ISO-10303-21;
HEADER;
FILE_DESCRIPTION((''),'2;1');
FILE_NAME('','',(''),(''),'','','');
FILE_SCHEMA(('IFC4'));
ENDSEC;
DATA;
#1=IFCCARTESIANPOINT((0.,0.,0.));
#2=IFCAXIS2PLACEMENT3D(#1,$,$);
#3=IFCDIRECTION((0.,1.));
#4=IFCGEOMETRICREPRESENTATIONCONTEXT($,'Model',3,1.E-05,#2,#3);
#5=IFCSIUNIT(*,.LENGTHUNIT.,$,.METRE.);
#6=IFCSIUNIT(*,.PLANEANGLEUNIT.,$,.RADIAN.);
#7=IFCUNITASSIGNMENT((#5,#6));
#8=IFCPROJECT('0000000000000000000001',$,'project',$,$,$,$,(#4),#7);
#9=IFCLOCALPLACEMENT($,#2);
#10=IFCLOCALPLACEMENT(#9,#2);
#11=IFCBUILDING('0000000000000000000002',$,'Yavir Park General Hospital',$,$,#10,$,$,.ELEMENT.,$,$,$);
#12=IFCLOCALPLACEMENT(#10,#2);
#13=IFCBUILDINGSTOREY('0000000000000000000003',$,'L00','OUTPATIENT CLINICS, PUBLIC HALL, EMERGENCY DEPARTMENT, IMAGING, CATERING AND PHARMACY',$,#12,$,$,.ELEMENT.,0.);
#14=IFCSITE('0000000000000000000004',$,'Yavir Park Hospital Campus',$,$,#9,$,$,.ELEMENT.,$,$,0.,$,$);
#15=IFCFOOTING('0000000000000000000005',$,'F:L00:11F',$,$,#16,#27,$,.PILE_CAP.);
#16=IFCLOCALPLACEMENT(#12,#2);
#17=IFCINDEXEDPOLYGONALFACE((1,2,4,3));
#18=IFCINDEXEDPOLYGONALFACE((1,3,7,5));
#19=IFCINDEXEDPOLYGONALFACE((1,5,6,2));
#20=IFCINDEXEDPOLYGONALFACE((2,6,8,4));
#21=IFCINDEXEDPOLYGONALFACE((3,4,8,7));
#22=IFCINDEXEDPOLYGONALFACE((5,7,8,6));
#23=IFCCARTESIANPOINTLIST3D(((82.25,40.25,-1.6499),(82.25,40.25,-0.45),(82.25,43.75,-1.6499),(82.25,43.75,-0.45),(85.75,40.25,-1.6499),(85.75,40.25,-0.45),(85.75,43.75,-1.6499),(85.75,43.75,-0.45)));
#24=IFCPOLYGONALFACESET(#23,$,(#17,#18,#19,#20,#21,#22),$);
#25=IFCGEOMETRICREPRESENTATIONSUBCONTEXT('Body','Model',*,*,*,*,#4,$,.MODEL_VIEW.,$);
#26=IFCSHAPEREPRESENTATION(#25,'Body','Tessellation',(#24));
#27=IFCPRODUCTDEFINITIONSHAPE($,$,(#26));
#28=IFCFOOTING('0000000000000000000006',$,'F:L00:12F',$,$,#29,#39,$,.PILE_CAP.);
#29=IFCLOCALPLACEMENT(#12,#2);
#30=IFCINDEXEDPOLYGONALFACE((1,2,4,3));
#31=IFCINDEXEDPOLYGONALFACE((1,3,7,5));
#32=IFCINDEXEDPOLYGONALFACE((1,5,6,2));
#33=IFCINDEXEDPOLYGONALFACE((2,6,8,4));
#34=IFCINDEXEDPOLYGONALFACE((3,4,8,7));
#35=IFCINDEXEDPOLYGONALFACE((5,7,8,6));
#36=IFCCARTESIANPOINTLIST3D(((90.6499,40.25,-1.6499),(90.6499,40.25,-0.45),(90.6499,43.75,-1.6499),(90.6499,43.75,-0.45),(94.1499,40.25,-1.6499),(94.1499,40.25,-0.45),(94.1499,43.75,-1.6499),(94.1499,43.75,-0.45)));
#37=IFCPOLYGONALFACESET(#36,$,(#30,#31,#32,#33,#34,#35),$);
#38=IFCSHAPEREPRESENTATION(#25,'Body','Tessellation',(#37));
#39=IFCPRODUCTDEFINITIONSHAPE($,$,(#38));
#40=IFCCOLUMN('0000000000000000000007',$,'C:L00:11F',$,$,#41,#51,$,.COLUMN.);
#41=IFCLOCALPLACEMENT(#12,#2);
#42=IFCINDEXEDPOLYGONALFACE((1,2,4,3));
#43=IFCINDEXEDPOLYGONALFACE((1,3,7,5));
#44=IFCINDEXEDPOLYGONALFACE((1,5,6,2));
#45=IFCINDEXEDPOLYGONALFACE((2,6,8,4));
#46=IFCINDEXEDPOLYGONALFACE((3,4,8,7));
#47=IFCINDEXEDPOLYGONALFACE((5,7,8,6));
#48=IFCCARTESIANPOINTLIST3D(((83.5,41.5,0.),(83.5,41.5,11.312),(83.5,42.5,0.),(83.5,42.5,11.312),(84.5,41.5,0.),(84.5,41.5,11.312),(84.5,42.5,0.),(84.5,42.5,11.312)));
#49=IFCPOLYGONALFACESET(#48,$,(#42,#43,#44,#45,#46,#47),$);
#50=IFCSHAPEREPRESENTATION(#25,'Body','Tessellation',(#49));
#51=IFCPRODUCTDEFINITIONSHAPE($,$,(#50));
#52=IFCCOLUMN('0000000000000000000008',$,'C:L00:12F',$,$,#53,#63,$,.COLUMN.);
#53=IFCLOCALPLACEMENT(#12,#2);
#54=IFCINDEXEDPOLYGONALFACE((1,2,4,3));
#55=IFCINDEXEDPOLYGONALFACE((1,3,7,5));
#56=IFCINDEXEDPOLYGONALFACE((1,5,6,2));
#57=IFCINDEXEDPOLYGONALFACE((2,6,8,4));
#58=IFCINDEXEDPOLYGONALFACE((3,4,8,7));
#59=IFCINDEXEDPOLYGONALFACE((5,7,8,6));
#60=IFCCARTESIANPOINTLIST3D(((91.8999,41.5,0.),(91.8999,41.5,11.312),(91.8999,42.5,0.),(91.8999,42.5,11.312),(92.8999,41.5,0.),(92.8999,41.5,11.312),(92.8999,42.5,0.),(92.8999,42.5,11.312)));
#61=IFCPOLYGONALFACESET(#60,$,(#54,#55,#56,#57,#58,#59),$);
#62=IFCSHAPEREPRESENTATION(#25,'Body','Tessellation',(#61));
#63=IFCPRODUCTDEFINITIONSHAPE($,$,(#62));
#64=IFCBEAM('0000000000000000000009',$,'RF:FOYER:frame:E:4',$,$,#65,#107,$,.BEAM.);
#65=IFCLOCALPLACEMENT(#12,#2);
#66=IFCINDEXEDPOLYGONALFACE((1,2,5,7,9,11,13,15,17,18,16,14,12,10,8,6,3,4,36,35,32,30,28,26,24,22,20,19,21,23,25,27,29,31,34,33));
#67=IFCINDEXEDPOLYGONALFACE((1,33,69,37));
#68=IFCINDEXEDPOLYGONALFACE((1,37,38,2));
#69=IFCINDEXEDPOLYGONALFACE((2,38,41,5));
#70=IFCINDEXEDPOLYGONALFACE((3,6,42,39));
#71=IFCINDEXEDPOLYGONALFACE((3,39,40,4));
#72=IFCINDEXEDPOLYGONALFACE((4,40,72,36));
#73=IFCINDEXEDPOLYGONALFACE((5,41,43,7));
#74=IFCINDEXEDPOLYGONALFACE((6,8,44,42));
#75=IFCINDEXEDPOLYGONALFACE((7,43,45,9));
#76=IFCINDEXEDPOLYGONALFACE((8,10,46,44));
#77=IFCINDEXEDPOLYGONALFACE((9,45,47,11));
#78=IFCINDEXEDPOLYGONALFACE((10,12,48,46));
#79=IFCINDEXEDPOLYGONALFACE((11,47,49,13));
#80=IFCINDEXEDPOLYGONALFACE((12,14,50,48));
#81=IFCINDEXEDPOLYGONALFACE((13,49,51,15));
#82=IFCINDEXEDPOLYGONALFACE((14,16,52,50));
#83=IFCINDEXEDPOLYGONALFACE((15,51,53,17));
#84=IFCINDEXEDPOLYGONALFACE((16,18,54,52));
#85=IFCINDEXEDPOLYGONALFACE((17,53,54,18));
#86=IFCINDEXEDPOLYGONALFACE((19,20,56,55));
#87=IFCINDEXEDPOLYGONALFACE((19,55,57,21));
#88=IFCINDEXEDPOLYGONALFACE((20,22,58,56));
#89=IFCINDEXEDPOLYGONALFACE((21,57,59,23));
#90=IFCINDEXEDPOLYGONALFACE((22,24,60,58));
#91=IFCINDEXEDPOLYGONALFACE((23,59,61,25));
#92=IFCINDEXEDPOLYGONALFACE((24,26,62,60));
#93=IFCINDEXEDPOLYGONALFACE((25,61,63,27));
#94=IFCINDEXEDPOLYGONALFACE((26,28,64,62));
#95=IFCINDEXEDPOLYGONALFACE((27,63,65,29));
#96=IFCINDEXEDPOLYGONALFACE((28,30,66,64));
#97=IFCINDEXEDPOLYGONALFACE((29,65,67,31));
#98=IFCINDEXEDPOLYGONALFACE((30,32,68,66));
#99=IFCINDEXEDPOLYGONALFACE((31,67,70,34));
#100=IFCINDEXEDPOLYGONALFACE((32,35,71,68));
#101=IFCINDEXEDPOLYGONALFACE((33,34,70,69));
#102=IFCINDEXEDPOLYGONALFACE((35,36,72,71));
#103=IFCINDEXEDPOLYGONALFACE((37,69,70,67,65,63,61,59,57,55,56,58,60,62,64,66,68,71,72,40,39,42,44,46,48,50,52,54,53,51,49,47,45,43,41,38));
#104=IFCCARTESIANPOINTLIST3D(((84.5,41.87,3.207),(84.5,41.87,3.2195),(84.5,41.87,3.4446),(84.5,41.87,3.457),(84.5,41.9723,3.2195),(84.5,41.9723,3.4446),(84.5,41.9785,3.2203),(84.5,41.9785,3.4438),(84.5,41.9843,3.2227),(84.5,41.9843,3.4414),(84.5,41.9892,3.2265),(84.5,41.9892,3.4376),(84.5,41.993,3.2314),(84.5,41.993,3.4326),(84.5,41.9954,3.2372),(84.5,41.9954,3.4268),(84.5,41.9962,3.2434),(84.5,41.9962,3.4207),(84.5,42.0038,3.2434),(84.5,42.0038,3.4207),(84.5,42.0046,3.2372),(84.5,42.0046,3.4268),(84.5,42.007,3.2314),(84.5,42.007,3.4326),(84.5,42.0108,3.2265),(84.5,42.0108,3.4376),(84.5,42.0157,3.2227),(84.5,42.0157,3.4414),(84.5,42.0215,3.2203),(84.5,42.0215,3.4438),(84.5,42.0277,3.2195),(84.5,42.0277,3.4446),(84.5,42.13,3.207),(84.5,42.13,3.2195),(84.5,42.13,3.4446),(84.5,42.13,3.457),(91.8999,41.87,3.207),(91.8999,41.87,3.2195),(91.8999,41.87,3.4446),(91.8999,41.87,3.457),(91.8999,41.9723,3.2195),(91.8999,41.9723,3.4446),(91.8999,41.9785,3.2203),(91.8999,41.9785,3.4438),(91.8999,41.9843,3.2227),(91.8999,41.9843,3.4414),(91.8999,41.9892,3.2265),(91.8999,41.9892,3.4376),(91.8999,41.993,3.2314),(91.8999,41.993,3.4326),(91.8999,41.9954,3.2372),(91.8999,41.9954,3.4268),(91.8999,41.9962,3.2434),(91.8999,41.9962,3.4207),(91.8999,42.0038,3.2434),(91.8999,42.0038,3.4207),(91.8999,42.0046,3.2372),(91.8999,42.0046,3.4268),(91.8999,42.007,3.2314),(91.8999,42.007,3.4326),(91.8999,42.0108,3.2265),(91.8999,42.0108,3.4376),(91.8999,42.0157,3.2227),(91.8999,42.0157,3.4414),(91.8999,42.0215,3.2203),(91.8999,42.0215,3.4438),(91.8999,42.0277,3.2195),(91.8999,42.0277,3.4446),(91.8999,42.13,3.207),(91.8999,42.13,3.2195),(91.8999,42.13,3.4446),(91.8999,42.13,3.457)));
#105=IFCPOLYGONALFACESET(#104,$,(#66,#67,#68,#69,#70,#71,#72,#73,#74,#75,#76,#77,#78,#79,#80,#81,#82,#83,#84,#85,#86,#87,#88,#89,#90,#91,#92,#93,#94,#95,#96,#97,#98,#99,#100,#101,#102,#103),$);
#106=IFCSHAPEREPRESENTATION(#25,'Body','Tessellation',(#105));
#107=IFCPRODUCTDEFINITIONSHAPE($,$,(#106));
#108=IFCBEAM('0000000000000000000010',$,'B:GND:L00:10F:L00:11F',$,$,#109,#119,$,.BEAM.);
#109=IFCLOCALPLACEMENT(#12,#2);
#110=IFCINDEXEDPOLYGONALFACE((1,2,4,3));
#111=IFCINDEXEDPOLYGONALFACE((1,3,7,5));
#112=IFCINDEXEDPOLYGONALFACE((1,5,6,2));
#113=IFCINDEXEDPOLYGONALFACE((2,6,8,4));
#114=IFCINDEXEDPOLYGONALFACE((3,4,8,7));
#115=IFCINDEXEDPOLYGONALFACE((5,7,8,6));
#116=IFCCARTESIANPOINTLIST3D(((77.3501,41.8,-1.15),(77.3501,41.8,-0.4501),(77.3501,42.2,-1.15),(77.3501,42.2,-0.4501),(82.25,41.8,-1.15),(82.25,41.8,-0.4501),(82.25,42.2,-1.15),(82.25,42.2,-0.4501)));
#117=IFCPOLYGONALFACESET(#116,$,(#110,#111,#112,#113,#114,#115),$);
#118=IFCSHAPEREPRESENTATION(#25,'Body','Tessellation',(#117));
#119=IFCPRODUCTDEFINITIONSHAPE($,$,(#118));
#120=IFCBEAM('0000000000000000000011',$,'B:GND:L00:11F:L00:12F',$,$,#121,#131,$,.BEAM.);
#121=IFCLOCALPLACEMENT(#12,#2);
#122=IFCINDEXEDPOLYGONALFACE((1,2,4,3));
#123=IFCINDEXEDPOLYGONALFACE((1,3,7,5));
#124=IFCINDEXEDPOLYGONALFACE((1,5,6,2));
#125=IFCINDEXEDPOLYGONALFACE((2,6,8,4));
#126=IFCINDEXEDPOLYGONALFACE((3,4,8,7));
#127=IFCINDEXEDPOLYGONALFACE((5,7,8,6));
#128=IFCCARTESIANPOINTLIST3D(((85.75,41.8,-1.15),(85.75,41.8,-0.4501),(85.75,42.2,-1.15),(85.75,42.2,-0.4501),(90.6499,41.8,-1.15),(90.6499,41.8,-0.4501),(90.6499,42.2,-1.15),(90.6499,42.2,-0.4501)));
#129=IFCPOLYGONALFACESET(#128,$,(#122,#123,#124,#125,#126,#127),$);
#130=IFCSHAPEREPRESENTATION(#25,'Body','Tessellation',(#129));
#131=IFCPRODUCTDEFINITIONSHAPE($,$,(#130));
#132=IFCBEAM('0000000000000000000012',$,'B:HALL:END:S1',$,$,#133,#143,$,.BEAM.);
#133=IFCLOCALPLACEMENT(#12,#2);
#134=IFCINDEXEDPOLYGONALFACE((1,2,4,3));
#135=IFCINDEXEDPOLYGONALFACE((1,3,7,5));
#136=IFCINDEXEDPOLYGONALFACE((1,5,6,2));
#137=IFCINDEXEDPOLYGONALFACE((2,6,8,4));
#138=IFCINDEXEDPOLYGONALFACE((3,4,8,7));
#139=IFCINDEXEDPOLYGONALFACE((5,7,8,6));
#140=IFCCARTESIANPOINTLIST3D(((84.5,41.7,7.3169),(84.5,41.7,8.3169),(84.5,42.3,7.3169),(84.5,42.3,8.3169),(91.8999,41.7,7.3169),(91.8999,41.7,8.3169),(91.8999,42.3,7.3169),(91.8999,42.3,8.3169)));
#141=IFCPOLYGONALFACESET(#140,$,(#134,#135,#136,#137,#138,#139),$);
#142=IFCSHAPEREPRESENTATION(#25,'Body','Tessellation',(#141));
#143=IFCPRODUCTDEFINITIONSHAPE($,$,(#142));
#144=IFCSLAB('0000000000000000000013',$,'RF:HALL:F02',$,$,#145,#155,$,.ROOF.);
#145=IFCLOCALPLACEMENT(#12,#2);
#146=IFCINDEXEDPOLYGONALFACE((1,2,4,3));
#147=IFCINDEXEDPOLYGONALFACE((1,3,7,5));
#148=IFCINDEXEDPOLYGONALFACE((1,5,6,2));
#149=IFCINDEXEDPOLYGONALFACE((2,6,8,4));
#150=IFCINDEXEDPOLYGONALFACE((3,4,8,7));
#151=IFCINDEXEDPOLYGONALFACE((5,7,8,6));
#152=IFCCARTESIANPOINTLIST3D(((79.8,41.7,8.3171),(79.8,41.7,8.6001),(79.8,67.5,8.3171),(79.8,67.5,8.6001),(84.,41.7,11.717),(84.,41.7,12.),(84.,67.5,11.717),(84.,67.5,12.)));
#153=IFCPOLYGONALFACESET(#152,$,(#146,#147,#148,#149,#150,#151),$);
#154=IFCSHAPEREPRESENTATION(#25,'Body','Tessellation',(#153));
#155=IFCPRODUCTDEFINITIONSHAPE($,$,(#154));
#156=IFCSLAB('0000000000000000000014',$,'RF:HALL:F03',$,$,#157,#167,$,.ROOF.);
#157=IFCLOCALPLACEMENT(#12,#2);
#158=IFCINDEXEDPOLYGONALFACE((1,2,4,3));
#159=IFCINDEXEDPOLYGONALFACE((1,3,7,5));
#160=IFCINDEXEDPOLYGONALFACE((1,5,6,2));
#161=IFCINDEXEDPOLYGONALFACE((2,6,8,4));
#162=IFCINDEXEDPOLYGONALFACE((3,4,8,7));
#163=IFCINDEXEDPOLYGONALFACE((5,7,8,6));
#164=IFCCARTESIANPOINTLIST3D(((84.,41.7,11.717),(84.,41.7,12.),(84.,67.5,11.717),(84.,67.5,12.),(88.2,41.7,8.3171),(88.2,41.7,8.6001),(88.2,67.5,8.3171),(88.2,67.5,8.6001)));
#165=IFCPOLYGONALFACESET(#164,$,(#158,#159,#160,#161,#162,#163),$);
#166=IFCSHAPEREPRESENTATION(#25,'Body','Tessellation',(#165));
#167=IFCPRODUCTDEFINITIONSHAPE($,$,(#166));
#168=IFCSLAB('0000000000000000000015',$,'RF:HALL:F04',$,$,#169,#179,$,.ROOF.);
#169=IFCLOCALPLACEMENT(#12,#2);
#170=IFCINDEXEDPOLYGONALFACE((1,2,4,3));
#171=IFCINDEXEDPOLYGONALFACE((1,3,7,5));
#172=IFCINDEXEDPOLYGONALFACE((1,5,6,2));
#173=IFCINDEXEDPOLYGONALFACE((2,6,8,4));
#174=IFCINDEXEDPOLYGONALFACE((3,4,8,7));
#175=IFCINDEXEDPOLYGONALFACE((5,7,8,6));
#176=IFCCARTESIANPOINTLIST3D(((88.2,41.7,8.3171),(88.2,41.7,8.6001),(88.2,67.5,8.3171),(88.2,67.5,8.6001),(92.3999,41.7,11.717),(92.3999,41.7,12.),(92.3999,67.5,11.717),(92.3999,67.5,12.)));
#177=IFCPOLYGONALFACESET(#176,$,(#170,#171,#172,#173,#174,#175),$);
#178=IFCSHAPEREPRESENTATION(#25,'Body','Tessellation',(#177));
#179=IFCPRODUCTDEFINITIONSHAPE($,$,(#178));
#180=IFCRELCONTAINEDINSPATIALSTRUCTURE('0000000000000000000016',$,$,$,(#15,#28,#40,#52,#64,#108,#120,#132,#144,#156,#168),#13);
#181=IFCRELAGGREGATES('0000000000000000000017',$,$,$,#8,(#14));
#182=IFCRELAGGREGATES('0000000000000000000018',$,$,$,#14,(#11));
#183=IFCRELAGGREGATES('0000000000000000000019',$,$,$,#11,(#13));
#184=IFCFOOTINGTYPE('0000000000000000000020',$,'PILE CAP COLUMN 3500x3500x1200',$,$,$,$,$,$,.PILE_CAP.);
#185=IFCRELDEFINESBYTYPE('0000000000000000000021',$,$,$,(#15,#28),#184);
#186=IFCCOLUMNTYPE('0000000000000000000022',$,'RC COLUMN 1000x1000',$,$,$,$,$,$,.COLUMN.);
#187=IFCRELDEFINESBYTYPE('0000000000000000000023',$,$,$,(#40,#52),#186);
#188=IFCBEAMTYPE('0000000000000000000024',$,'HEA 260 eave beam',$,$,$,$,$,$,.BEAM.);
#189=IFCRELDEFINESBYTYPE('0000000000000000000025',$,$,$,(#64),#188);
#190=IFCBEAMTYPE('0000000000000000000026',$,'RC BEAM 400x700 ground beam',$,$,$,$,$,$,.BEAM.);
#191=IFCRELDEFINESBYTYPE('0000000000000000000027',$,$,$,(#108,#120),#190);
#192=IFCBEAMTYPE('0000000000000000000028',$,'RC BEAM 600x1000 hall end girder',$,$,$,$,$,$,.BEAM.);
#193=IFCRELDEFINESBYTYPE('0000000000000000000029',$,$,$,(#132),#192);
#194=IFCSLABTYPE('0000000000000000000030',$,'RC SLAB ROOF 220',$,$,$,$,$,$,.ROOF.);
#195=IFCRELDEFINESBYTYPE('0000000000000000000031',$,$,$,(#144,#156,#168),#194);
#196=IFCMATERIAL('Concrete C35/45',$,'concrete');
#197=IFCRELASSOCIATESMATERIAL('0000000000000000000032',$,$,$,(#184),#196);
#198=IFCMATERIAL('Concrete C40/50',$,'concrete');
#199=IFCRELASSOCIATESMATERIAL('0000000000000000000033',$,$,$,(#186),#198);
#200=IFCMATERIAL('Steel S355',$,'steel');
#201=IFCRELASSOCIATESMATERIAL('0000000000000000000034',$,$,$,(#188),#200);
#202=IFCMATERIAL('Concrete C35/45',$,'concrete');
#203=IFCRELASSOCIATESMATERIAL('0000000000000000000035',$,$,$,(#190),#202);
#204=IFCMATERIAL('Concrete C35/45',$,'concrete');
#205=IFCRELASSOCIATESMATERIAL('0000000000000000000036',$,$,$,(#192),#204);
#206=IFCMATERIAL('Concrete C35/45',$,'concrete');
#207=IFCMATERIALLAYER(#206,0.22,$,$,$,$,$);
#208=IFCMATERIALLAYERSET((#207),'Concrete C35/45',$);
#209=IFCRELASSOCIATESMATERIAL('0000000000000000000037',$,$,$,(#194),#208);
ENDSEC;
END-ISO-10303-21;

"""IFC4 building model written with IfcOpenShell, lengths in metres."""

from ifc_helpers import new_model, si_unit, direction, frame, origin, origin_2d, place, context, subcontext, project, spatial, polyline, rectangle, i_section, outline, extrude, material, layer, layer_set, material_profile, profile_set, type_object, element, save


model = new_model("IFC4")

# Units and contexts
model_context = context("Model", 3, precision=1e-05, world=origin(), true_north=direction((0.0, 1.0)))
body_context = subcontext(model_context, "Body", "Model", "MODEL_VIEW")
ifc_project = project(units=[si_unit("LENGTHUNIT", "METRE"), si_unit("PLANEANGLEUNIT", "RADIAN")], contexts=[model_context])

# Site, building, storey
site_placement = place(None, origin())
site = spatial("IfcSite", under=ifc_project, at=site_placement, Name="Yavir Park Hospital Campus", CompositionType="ELEMENT", RefElevation=0.0)
building_placement = place(site_placement, origin())
building = spatial("IfcBuilding", under=site, at=building_placement, Name="Yavir Park General Hospital", CompositionType="ELEMENT")
storey_placement = place(building_placement, origin())
storey = spatial("IfcBuildingStorey", under=building, at=storey_placement, Name="L00", Description="OUTPATIENT CLINICS, PUBLIC HALL, EMERGENCY DEPARTMENT, IMAGING, CATERING AND PHARMACY", CompositionType="ELEMENT", Elevation=0.0)

# Footings
ifc_material_1 = material(Name="Concrete C35/45", Category="concrete")
footing_type = type_object("IfcFootingType", Name="PILE CAP COLUMN 3500x3500x1200", PredefinedType="PILE_CAP", material=ifc_material_1)
for number, where, z_axis, x_axis, name in (
    (1, (84.0, 42.0, -1.6499), (0.0, 0.0, 1.0), (1.0, 0.0, 0.0), "F:L00:11F"),
    (2, (92.3999, 42.0, -1.6499), (0.0, 0.0, 1.0), (1.0, 0.0, 0.0), "F:L00:12F"),
):
    element("IfcFooting", number, at=place(storey_placement, frame(where, z_axis=z_axis, x_axis=x_axis)), inside=storey, type_object=footing_type, Name=name, PredefinedType="PILE_CAP", context=body_context, shape_type="SweptSolid", body=[
        extrude(rectangle(XDim=3.5, YDim=3.5, at=origin_2d()), origin(), (0.0, 0.0, 1.0), 1.2),
    ])

# Columns
ifc_material_2 = material(Name="Concrete C40/50", Category="concrete")
ifc_material_profile_1 = material_profile(ifc_material_2, rectangle(XDim=1.0, YDim=1.0, at=origin_2d()), Name="RC1000x1000")
ifc_profile_set_1 = profile_set([ifc_material_profile_1], Name="Concrete C40/50")
column_type = type_object("IfcColumnType", Name="RC COLUMN 1000x1000", PredefinedType="COLUMN", material=ifc_profile_set_1)
for number, where, z_axis, x_axis, name in (
    (3, (84.0, 42.0, 0.0), (0.0, 0.0, 1.0), (1.0, 0.0, 0.0), "C:L00:11F"),
    (4, (92.3999, 42.0, 0.0), (0.0, 0.0, 1.0), (1.0, 0.0, 0.0), "C:L00:12F"),
):
    element("IfcColumn", number, at=place(storey_placement, frame(where, z_axis=z_axis, x_axis=x_axis)), inside=storey, type_object=column_type, Name=name, PredefinedType="COLUMN", context=body_context, shape_type="SweptSolid", body=[
        extrude(rectangle(XDim=1.0, YDim=1.0, at=origin_2d()), origin(), (0.0, 0.0, 1.0), 11.312),
    ])

# Beams
ifc_material_3 = material(Name="Steel S355", Category="steel")
ifc_material_profile_2 = material_profile(ifc_material_3, i_section(OverallWidth=0.26, OverallDepth=0.25, WebThickness=0.0076, FlangeThickness=0.0125, FilletRadius=0.0239, at=origin_2d()), Name="HEA260")
ifc_profile_set_2 = profile_set([ifc_material_profile_2], Name="Steel S355")
beam_type_1 = type_object("IfcBeamType", Name="HEA 260 eave beam", PredefinedType="BEAM", material=ifc_profile_set_2)
beam_1_placement = place(storey_placement, frame((84.5, 42.0, 3.332), z_axis=(1.0, 0.0, 0.0), x_axis=(0.0, 1.0, 0.0)))
element("IfcBeam", 5, at=beam_1_placement, inside=storey, type_object=beam_type_1, Name="RF:FOYER:frame:E:4", PredefinedType="BEAM", context=body_context, shape_type="SweptSolid", body=[
    extrude(i_section(OverallWidth=0.26, OverallDepth=0.25, WebThickness=0.0076, FlangeThickness=0.0125, FilletRadius=0.0239, at=origin_2d()), origin(), (0.0, 0.0, 1.0), 7.3999),
])
ifc_material_4 = material(Name="Concrete C35/45", Category="concrete")
ifc_material_profile_3 = material_profile(ifc_material_4, rectangle(XDim=0.3999, YDim=0.7, at=origin_2d()), Name="RC400x700")
ifc_profile_set_3 = profile_set([ifc_material_profile_3], Name="Concrete C35/45")
beam_type_2 = type_object("IfcBeamType", Name="RC BEAM 400x700 ground beam", PredefinedType="BEAM", material=ifc_profile_set_3)
for number, where, z_axis, x_axis, name in (
    (6, (77.3501, 42.0, -0.8), (1.0, 0.0, 0.0), (0.0, 1.0, 0.0), "B:GND:L00:10F:L00:11F"),
    (7, (85.75, 42.0, -0.8), (1.0, 0.0, 0.0), (0.0, 1.0, 0.0), "B:GND:L00:11F:L00:12F"),
):
    element("IfcBeam", number, at=place(storey_placement, frame(where, z_axis=z_axis, x_axis=x_axis)), inside=storey, type_object=beam_type_2, Name=name, PredefinedType="BEAM", context=body_context, shape_type="SweptSolid", body=[
        extrude(rectangle(XDim=0.3999, YDim=0.7, at=origin_2d()), origin(), (0.0, 0.0, 1.0), 4.8999),
    ])
ifc_material_5 = material(Name="Concrete C35/45", Category="concrete")
ifc_material_profile_4 = material_profile(ifc_material_5, rectangle(XDim=0.6001, YDim=1.0, at=origin_2d()), Name="RC600x1000")
ifc_profile_set_4 = profile_set([ifc_material_profile_4], Name="Concrete C35/45")
beam_type_3 = type_object("IfcBeamType", Name="RC BEAM 600x1000 hall end girder", PredefinedType="BEAM", material=ifc_profile_set_4)
beam_2_placement = place(storey_placement, frame((84.5, 42.0, 7.8169), z_axis=(1.0, 0.0, 0.0), x_axis=(0.0, 1.0, 0.0)))
element("IfcBeam", 8, at=beam_2_placement, inside=storey, type_object=beam_type_3, Name="B:HALL:END:S1", PredefinedType="BEAM", context=body_context, shape_type="SweptSolid", body=[
    extrude(rectangle(XDim=0.6001, YDim=1.0, at=origin_2d()), origin(), (0.0, 0.0, 1.0), 7.3999),
])

# Slabs
ifc_material_6 = material(Name="Concrete C35/45", Category="concrete")
ifc_layer_1 = layer(ifc_material_6, 0.22)
ifc_layer_set_1 = layer_set([ifc_layer_1], Name="Concrete C35/45")
slab_type = type_object("IfcSlabType", Name="RC SLAB ROOF 220", PredefinedType="ROOF", material=ifc_layer_set_1)
slab_1_placement = place(storey_placement, frame((79.8, 41.7, 8.6001), z_axis=(0.0, 0.0, 1.0), x_axis=(1.0, 0.0, 0.0)))
element("IfcSlab", 9, at=slab_1_placement, inside=storey, type_object=slab_type, Name="RF:HALL:F02", PredefinedType="ROOF", context=body_context, shape_type="SweptSolid", body=[
    extrude(outline(polyline([(0.0, 0.0), (4.2, 3.3999), (4.2, 3.1169), (0.0, -0.283), (0.0, 0.0)])), frame((0.0, 25.8, 0.0), z_axis=(0.0, -1.0, 0.0), x_axis=(1.0, 0.0, 0.0)), (0.0, 0.0, 1.0), 25.8),
])
slab_2_placement = place(storey_placement, frame((84.0, 41.7, 12.0), z_axis=(0.0, 0.0, 1.0), x_axis=(1.0, 0.0, 0.0)))
element("IfcSlab", 10, at=slab_2_placement, inside=storey, type_object=slab_type, Name="RF:HALL:F03", PredefinedType="ROOF", context=body_context, shape_type="SweptSolid", body=[
    extrude(outline(polyline([(0.0, 0.0), (4.2, -3.3999), (4.2, -3.6829), (0.0, -0.283), (0.0, 0.0)])), frame((0.0, 25.8, 0.0), z_axis=(0.0, -1.0, 0.0), x_axis=(1.0, 0.0, 0.0)), (0.0, 0.0, 1.0), 25.8),
])
slab_3_placement = place(storey_placement, frame((88.2, 41.7, 8.6001), z_axis=(0.0, 0.0, 1.0), x_axis=(1.0, 0.0, 0.0)))
element("IfcSlab", 11, at=slab_3_placement, inside=storey, type_object=slab_type, Name="RF:HALL:F04", PredefinedType="ROOF", context=body_context, shape_type="SweptSolid", body=[
    extrude(outline(polyline([(0.0, 0.0), (4.2, 3.3999), (4.2, 3.1169), (0.0, -0.283), (0.0, 0.0)])), frame((0.0, 25.8, 0.0), z_axis=(0.0, -1.0, 0.0), x_axis=(1.0, 0.0, 0.0)), (0.0, 0.0, 1.0), 25.8),
])

save(model, "model.ifc")
